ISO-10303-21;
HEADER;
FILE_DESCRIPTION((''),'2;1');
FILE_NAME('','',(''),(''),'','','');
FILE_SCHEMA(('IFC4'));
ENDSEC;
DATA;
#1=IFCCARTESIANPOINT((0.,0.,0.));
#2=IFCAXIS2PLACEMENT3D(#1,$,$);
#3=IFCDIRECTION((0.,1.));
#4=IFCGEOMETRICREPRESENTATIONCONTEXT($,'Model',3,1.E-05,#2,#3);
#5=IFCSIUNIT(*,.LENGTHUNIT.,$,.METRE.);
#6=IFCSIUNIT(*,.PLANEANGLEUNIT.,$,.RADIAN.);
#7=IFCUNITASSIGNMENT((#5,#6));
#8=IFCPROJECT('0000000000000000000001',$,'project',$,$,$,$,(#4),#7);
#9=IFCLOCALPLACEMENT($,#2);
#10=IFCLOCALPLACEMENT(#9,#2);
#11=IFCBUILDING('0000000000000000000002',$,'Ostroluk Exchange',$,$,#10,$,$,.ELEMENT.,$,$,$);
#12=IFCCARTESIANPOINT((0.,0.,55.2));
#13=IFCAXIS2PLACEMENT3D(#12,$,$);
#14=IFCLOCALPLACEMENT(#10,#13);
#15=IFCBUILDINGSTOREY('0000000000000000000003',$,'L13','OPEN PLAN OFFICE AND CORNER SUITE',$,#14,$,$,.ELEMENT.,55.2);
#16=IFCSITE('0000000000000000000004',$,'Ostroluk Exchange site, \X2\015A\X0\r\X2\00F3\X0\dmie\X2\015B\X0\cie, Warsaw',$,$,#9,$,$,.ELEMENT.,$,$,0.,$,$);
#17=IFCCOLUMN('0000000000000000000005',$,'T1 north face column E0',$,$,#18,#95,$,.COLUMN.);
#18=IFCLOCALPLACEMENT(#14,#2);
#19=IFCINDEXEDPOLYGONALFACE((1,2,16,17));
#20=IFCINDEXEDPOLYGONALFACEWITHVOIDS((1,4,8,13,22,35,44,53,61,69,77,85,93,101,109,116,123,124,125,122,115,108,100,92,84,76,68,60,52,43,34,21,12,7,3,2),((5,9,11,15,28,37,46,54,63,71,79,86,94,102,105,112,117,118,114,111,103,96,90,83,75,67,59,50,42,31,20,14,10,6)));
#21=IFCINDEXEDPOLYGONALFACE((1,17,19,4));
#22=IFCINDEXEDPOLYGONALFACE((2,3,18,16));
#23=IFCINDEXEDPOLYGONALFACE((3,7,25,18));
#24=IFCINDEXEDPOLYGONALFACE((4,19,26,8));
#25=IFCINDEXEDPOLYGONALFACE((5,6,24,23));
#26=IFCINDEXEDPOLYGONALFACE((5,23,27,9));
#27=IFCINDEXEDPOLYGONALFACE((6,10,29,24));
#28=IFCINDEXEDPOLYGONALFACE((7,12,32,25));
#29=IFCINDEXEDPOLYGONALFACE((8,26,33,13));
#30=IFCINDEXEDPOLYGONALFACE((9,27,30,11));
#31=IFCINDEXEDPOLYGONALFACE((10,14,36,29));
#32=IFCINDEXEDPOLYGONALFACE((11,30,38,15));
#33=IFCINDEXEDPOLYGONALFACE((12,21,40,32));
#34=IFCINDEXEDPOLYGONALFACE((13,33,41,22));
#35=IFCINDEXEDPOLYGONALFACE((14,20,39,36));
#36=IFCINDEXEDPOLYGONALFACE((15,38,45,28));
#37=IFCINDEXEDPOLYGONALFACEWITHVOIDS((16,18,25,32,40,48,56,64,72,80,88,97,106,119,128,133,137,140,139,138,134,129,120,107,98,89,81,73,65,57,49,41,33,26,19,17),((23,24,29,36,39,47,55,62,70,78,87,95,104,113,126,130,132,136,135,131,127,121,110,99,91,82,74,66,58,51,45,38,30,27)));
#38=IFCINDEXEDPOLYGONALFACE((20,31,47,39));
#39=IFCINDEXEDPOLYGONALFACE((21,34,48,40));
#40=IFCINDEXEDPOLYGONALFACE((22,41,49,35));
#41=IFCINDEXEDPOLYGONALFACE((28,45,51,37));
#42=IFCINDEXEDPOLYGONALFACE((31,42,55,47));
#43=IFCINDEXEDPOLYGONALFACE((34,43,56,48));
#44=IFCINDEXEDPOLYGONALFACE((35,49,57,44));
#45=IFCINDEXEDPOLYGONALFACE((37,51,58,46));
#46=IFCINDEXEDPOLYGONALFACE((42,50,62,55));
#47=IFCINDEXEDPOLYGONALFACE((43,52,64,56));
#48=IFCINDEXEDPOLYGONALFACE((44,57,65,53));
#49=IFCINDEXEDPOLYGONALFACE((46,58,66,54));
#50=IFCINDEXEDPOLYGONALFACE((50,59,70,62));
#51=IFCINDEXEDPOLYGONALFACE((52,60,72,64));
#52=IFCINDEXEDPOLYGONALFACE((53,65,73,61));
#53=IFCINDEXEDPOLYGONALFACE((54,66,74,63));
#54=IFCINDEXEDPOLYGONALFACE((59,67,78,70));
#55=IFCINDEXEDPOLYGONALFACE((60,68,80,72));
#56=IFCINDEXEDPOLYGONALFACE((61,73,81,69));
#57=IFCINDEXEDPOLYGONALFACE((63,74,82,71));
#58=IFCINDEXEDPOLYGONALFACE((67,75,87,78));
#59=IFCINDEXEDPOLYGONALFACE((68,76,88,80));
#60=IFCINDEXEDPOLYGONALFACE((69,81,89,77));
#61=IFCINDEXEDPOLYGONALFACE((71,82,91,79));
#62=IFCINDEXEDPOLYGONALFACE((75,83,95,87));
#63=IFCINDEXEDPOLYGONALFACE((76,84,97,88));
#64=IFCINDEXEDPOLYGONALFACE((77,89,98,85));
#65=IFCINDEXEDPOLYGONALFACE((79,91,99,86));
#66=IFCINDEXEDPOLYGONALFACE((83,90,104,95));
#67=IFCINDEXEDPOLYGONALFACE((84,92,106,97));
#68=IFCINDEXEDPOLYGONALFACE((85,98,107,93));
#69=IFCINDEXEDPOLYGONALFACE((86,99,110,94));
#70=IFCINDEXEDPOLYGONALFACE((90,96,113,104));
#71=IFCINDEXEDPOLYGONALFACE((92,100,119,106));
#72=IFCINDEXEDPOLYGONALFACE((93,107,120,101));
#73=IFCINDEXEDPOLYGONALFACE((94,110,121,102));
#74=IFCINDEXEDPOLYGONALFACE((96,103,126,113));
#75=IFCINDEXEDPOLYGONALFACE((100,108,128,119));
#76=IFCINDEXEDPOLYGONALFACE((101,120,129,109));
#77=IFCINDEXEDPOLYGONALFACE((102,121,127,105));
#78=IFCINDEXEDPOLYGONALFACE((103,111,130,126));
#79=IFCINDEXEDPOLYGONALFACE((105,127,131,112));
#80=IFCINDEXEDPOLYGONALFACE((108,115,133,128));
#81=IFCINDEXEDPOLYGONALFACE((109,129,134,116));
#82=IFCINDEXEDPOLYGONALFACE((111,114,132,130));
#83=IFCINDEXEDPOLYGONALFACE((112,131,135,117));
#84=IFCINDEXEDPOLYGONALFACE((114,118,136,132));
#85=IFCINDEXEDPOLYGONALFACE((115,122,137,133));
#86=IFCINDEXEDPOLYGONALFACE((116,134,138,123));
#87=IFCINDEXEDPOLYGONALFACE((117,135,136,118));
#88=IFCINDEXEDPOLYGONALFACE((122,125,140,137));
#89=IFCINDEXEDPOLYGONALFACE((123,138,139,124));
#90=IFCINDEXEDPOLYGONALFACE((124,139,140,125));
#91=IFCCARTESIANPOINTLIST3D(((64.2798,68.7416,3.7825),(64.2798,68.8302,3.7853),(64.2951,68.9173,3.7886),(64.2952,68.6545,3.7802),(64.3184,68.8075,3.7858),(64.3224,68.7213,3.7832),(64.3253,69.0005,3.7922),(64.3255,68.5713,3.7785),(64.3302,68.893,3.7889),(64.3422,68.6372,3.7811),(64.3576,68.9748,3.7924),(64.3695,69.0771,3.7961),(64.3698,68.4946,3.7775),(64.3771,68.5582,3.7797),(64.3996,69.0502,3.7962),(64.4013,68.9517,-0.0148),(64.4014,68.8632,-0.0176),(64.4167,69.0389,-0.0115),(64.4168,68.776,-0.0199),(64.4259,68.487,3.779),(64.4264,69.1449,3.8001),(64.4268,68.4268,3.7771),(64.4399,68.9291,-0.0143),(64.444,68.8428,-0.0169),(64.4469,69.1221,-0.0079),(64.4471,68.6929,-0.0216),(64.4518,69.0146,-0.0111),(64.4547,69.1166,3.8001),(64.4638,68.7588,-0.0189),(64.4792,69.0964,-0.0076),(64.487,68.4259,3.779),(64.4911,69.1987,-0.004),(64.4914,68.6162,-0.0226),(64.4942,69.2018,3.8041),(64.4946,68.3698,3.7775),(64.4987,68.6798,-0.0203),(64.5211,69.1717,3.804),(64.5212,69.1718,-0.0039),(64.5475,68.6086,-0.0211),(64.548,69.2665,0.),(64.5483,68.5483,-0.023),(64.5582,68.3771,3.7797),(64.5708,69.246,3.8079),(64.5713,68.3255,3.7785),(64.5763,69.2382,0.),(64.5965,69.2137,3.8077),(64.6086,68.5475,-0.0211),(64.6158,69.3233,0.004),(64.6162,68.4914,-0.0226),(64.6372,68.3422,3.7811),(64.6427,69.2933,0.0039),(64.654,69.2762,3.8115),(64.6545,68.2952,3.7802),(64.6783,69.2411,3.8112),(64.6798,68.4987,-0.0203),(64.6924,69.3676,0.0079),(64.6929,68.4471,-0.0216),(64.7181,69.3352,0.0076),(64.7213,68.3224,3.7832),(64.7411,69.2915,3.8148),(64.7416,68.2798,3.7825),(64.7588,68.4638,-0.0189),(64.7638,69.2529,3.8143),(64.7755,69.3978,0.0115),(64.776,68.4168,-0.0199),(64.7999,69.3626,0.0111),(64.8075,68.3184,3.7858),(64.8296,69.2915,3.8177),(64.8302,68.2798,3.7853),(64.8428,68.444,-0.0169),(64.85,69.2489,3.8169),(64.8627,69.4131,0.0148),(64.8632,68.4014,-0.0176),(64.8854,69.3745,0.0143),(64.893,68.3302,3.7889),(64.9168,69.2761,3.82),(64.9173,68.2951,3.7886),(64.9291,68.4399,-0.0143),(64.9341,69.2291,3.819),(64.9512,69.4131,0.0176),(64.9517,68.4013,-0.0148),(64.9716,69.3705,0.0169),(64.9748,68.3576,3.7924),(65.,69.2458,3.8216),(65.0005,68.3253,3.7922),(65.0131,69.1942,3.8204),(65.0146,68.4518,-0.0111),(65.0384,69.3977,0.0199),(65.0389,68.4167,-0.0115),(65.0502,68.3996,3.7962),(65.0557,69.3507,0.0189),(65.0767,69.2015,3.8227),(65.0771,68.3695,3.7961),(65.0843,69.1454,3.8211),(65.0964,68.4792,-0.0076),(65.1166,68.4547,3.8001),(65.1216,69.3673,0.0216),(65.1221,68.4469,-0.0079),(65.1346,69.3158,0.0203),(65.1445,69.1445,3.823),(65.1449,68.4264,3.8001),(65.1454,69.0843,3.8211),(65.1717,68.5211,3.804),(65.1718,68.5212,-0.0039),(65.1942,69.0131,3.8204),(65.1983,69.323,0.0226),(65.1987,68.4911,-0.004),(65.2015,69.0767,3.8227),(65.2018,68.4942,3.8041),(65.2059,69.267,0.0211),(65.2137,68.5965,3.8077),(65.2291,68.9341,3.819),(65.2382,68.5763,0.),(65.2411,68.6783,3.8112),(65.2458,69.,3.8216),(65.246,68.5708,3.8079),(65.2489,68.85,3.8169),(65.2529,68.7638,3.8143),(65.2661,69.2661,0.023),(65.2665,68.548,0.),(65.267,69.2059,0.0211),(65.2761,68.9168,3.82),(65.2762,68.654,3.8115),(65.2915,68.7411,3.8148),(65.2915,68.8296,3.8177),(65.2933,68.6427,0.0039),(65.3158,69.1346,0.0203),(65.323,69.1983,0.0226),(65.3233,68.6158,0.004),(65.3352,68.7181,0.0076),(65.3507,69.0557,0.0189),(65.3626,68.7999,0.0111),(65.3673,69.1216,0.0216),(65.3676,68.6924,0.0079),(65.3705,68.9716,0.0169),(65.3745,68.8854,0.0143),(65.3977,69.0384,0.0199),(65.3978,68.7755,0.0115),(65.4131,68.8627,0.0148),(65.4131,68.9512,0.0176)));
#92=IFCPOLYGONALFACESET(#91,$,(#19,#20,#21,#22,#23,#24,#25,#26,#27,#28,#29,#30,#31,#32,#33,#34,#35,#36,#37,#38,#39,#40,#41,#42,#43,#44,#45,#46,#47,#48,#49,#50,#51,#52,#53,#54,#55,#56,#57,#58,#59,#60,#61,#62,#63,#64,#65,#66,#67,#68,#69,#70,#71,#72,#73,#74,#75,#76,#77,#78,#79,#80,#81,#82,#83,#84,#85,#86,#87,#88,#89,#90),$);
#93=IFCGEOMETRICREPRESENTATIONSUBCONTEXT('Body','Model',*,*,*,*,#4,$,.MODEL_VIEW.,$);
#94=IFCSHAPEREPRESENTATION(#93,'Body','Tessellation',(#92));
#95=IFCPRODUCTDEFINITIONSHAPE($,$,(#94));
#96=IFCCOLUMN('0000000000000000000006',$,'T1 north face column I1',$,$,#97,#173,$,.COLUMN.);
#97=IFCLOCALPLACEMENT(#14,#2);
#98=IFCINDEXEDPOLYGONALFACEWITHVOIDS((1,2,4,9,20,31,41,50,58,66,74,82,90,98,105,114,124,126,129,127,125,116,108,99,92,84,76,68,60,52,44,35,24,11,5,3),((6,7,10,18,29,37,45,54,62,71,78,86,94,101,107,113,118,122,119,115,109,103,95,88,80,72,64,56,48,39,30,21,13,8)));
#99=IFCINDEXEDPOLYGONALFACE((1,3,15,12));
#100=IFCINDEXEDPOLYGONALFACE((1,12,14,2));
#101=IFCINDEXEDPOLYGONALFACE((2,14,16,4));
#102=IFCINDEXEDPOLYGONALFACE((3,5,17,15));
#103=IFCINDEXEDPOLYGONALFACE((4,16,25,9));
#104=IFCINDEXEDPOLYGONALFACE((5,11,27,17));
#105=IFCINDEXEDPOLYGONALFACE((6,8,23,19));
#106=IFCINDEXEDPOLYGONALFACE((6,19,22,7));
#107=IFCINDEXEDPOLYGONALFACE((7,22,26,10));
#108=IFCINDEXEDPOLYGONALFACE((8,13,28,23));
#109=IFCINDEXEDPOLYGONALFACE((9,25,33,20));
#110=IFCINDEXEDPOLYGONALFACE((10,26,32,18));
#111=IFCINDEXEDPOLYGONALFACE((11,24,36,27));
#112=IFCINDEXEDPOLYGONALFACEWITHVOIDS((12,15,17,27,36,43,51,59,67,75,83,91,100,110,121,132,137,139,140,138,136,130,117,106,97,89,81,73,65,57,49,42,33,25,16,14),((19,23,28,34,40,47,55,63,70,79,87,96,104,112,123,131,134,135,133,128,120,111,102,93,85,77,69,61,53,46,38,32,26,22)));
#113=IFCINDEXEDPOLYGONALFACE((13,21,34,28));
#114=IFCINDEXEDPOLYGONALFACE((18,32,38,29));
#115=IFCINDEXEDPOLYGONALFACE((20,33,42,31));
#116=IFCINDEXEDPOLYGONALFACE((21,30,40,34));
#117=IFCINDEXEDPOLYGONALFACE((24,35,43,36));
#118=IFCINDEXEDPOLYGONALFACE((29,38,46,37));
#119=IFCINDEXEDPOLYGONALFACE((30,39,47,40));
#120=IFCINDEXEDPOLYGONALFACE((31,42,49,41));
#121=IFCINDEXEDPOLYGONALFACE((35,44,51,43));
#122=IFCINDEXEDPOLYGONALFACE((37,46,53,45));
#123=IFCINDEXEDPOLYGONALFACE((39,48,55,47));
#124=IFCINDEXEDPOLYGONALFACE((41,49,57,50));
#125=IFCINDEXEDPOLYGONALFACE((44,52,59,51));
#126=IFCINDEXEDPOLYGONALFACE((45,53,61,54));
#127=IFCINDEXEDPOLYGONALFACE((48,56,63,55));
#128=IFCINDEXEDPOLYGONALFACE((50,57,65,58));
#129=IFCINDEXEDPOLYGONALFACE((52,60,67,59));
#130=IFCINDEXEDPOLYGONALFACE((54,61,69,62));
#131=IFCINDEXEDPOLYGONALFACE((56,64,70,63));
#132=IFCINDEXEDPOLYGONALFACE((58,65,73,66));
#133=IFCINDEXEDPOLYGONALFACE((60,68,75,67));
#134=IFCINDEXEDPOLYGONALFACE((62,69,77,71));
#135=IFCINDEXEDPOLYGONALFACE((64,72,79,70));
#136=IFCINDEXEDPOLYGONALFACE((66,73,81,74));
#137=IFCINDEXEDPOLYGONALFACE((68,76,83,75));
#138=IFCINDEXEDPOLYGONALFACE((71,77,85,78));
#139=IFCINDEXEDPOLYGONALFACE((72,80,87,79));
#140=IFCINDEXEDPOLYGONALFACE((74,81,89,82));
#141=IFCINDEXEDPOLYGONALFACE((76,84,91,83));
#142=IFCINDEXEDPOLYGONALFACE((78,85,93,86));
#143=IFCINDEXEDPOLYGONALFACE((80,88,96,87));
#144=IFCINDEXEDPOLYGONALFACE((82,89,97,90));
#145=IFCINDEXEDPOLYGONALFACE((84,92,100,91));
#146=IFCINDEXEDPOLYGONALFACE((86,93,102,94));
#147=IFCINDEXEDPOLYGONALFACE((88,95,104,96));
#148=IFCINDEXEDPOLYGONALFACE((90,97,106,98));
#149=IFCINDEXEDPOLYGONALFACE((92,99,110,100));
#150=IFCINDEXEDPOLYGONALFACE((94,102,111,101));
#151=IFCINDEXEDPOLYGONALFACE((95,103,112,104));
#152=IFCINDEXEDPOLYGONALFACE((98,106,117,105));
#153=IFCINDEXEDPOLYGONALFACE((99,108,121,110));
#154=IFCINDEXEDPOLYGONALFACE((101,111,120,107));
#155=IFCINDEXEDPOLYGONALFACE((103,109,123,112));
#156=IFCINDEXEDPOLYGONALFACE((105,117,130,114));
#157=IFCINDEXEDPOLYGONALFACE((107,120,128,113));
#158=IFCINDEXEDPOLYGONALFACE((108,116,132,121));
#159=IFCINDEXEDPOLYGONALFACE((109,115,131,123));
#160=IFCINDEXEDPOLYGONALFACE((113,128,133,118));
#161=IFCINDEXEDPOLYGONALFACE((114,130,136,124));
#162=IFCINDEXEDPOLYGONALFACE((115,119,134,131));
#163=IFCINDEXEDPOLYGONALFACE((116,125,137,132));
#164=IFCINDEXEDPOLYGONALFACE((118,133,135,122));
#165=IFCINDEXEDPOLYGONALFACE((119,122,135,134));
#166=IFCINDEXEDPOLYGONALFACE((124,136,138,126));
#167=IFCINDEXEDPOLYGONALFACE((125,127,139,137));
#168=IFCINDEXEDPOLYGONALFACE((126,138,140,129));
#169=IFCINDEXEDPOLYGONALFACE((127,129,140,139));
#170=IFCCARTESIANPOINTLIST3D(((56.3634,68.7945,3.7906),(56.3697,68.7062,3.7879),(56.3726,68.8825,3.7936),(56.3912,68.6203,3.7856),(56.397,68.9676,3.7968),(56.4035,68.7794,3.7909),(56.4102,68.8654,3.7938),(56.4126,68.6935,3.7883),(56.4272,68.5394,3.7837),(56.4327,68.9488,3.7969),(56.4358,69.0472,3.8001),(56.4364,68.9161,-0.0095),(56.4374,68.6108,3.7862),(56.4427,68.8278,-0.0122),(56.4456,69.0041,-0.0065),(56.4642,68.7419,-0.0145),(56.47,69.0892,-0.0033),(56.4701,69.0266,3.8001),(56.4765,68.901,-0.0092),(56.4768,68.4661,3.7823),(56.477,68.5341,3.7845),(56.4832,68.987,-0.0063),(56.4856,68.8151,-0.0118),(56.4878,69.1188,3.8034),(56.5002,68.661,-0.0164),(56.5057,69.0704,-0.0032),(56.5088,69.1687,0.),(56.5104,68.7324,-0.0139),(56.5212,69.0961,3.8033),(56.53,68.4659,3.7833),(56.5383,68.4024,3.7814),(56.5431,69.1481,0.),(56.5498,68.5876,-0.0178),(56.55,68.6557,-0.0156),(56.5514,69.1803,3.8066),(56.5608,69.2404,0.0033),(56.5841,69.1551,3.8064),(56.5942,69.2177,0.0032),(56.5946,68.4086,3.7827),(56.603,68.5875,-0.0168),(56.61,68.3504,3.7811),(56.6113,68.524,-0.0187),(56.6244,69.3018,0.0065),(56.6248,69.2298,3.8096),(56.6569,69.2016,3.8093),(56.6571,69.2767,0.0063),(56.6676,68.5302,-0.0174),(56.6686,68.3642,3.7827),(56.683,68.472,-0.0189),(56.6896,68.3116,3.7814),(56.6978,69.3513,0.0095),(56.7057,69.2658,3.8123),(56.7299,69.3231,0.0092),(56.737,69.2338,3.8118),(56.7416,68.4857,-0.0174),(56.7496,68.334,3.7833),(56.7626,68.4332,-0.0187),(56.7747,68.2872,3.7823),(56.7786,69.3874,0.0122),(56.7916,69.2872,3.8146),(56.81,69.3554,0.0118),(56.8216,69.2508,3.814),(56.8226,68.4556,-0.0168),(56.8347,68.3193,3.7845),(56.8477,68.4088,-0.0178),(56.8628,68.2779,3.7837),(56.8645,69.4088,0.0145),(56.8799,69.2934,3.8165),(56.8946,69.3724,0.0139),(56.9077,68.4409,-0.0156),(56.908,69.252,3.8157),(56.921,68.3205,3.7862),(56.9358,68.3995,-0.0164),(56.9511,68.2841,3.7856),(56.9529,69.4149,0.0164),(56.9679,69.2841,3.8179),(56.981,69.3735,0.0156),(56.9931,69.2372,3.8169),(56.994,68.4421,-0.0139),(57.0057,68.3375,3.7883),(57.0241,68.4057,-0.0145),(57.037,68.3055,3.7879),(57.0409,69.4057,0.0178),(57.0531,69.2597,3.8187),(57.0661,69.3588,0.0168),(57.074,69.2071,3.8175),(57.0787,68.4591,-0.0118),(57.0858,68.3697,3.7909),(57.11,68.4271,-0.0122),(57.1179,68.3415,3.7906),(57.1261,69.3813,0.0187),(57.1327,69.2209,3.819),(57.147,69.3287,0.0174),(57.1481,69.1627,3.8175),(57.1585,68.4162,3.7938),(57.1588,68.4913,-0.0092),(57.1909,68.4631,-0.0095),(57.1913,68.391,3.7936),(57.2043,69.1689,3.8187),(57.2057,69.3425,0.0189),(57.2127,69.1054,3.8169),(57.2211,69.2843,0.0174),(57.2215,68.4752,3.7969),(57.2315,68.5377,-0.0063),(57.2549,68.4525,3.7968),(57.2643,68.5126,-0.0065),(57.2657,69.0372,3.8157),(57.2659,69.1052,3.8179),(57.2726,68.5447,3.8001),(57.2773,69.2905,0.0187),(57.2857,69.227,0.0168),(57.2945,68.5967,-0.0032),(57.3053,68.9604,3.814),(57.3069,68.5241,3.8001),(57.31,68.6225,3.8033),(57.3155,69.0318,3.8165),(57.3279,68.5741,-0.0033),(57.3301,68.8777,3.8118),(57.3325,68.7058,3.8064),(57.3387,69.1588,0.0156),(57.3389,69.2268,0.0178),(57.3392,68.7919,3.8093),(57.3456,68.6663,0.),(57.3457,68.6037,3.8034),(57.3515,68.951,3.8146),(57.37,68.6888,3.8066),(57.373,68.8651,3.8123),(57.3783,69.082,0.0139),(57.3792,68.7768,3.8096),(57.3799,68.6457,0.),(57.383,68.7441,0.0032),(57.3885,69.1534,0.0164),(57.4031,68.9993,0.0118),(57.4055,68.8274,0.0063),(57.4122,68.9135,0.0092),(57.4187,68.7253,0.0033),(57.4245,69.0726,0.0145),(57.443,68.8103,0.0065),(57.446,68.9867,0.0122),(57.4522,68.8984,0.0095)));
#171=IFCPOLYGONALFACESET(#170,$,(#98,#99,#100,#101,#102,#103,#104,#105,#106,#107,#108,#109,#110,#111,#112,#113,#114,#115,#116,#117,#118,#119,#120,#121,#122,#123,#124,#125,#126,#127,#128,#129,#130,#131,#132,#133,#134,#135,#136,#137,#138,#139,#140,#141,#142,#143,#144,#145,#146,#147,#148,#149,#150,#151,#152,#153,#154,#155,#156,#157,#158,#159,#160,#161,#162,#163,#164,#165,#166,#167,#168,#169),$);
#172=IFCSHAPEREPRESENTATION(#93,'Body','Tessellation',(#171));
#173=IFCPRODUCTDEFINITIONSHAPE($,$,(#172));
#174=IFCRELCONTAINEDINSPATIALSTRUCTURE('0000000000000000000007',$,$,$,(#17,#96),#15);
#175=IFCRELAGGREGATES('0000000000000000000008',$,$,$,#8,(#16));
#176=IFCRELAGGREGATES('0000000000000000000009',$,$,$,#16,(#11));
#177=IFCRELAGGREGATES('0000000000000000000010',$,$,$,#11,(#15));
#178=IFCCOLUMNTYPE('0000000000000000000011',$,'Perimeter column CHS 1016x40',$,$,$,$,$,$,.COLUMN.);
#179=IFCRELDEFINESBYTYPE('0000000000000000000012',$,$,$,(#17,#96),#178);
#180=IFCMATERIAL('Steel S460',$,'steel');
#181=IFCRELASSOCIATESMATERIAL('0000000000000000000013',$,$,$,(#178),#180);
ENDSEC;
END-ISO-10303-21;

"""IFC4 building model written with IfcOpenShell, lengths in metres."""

from ifc_helpers import new_model, si_unit, direction, frame, origin, origin_2d, place, context, subcontext, project, spatial, hollow_circle, extrude, material, material_profile, profile_set, type_object, element, save


model = new_model("IFC4")

# Units and contexts
model_context = context("Model", 3, precision=1e-05, world=origin(), true_north=direction((0.0, 1.0)))
body_context = subcontext(model_context, "Body", "Model", "MODEL_VIEW")
ifc_project = project(units=[si_unit("LENGTHUNIT", "METRE"), si_unit("PLANEANGLEUNIT", "RADIAN")], contexts=[model_context])

# Site, building, storey
site_placement = place(None, origin())
site = spatial("IfcSite", under=ifc_project, at=site_placement, Name="Ostroluk Exchange site, Śródmieście, Warsaw", CompositionType="ELEMENT", RefElevation=0.0)
building_placement = place(site_placement, origin())
building = spatial("IfcBuilding", under=site, at=building_placement, Name="Ostroluk Exchange", CompositionType="ELEMENT")
storey_placement = place(building_placement, frame((0.0, 0.0, 55.2)))
storey = spatial("IfcBuildingStorey", under=building, at=storey_placement, Name="L13", Description="OPEN PLAN OFFICE AND CORNER SUITE", CompositionType="ELEMENT", Elevation=55.2)

# Columns
ifc_material_1 = material(Name="Steel S460", Category="steel")
ifc_material_profile_1 = material_profile(ifc_material_1, hollow_circle(Radius=0.5081, WallThickness=0.04, at=origin_2d()), Name="CHS 1016x40")
ifc_profile_set_1 = profile_set([ifc_material_profile_1], Name="Steel S460")
column_type = type_object("IfcColumnType", Name="Perimeter column CHS 1016x40", PredefinedType="COLUMN", material=ifc_profile_set_1)
column_1_placement = place(storey_placement, frame((64.9072, 68.9072, 0.0), z_axis=(-0.031962, -0.031962, 0.998978), x_axis=(0.707107, -0.707107, 0.0)))
element("IfcColumn", 1, at=column_1_placement, inside=storey, type_object=column_type, Name="T1 north face column E0", PredefinedType="COLUMN", context=body_context, shape_type="SweptSolid", body=[
    extrude(hollow_circle(Radius=0.5081, WallThickness=0.04, at=origin_2d()), origin(), (0.0, 0.0, 1.0), 3.804),
])
column_2_placement = place(storey_placement, frame((56.9443, 68.9072, 0.0), z_axis=(-0.019196, -0.031973, 0.999304), x_axis=(0.857341, -0.514749, 0.0)))
element("IfcColumn", 2, at=column_2_placement, inside=storey, type_object=column_type, Name="T1 north face column I1", PredefinedType="COLUMN", context=body_context, shape_type="SweptSolid", body=[
    extrude(hollow_circle(Radius=0.5081, WallThickness=0.04, at=origin_2d()), origin(), (0.0, 0.0, 1.0), 3.8027),
])

save(model, "model.ifc")
